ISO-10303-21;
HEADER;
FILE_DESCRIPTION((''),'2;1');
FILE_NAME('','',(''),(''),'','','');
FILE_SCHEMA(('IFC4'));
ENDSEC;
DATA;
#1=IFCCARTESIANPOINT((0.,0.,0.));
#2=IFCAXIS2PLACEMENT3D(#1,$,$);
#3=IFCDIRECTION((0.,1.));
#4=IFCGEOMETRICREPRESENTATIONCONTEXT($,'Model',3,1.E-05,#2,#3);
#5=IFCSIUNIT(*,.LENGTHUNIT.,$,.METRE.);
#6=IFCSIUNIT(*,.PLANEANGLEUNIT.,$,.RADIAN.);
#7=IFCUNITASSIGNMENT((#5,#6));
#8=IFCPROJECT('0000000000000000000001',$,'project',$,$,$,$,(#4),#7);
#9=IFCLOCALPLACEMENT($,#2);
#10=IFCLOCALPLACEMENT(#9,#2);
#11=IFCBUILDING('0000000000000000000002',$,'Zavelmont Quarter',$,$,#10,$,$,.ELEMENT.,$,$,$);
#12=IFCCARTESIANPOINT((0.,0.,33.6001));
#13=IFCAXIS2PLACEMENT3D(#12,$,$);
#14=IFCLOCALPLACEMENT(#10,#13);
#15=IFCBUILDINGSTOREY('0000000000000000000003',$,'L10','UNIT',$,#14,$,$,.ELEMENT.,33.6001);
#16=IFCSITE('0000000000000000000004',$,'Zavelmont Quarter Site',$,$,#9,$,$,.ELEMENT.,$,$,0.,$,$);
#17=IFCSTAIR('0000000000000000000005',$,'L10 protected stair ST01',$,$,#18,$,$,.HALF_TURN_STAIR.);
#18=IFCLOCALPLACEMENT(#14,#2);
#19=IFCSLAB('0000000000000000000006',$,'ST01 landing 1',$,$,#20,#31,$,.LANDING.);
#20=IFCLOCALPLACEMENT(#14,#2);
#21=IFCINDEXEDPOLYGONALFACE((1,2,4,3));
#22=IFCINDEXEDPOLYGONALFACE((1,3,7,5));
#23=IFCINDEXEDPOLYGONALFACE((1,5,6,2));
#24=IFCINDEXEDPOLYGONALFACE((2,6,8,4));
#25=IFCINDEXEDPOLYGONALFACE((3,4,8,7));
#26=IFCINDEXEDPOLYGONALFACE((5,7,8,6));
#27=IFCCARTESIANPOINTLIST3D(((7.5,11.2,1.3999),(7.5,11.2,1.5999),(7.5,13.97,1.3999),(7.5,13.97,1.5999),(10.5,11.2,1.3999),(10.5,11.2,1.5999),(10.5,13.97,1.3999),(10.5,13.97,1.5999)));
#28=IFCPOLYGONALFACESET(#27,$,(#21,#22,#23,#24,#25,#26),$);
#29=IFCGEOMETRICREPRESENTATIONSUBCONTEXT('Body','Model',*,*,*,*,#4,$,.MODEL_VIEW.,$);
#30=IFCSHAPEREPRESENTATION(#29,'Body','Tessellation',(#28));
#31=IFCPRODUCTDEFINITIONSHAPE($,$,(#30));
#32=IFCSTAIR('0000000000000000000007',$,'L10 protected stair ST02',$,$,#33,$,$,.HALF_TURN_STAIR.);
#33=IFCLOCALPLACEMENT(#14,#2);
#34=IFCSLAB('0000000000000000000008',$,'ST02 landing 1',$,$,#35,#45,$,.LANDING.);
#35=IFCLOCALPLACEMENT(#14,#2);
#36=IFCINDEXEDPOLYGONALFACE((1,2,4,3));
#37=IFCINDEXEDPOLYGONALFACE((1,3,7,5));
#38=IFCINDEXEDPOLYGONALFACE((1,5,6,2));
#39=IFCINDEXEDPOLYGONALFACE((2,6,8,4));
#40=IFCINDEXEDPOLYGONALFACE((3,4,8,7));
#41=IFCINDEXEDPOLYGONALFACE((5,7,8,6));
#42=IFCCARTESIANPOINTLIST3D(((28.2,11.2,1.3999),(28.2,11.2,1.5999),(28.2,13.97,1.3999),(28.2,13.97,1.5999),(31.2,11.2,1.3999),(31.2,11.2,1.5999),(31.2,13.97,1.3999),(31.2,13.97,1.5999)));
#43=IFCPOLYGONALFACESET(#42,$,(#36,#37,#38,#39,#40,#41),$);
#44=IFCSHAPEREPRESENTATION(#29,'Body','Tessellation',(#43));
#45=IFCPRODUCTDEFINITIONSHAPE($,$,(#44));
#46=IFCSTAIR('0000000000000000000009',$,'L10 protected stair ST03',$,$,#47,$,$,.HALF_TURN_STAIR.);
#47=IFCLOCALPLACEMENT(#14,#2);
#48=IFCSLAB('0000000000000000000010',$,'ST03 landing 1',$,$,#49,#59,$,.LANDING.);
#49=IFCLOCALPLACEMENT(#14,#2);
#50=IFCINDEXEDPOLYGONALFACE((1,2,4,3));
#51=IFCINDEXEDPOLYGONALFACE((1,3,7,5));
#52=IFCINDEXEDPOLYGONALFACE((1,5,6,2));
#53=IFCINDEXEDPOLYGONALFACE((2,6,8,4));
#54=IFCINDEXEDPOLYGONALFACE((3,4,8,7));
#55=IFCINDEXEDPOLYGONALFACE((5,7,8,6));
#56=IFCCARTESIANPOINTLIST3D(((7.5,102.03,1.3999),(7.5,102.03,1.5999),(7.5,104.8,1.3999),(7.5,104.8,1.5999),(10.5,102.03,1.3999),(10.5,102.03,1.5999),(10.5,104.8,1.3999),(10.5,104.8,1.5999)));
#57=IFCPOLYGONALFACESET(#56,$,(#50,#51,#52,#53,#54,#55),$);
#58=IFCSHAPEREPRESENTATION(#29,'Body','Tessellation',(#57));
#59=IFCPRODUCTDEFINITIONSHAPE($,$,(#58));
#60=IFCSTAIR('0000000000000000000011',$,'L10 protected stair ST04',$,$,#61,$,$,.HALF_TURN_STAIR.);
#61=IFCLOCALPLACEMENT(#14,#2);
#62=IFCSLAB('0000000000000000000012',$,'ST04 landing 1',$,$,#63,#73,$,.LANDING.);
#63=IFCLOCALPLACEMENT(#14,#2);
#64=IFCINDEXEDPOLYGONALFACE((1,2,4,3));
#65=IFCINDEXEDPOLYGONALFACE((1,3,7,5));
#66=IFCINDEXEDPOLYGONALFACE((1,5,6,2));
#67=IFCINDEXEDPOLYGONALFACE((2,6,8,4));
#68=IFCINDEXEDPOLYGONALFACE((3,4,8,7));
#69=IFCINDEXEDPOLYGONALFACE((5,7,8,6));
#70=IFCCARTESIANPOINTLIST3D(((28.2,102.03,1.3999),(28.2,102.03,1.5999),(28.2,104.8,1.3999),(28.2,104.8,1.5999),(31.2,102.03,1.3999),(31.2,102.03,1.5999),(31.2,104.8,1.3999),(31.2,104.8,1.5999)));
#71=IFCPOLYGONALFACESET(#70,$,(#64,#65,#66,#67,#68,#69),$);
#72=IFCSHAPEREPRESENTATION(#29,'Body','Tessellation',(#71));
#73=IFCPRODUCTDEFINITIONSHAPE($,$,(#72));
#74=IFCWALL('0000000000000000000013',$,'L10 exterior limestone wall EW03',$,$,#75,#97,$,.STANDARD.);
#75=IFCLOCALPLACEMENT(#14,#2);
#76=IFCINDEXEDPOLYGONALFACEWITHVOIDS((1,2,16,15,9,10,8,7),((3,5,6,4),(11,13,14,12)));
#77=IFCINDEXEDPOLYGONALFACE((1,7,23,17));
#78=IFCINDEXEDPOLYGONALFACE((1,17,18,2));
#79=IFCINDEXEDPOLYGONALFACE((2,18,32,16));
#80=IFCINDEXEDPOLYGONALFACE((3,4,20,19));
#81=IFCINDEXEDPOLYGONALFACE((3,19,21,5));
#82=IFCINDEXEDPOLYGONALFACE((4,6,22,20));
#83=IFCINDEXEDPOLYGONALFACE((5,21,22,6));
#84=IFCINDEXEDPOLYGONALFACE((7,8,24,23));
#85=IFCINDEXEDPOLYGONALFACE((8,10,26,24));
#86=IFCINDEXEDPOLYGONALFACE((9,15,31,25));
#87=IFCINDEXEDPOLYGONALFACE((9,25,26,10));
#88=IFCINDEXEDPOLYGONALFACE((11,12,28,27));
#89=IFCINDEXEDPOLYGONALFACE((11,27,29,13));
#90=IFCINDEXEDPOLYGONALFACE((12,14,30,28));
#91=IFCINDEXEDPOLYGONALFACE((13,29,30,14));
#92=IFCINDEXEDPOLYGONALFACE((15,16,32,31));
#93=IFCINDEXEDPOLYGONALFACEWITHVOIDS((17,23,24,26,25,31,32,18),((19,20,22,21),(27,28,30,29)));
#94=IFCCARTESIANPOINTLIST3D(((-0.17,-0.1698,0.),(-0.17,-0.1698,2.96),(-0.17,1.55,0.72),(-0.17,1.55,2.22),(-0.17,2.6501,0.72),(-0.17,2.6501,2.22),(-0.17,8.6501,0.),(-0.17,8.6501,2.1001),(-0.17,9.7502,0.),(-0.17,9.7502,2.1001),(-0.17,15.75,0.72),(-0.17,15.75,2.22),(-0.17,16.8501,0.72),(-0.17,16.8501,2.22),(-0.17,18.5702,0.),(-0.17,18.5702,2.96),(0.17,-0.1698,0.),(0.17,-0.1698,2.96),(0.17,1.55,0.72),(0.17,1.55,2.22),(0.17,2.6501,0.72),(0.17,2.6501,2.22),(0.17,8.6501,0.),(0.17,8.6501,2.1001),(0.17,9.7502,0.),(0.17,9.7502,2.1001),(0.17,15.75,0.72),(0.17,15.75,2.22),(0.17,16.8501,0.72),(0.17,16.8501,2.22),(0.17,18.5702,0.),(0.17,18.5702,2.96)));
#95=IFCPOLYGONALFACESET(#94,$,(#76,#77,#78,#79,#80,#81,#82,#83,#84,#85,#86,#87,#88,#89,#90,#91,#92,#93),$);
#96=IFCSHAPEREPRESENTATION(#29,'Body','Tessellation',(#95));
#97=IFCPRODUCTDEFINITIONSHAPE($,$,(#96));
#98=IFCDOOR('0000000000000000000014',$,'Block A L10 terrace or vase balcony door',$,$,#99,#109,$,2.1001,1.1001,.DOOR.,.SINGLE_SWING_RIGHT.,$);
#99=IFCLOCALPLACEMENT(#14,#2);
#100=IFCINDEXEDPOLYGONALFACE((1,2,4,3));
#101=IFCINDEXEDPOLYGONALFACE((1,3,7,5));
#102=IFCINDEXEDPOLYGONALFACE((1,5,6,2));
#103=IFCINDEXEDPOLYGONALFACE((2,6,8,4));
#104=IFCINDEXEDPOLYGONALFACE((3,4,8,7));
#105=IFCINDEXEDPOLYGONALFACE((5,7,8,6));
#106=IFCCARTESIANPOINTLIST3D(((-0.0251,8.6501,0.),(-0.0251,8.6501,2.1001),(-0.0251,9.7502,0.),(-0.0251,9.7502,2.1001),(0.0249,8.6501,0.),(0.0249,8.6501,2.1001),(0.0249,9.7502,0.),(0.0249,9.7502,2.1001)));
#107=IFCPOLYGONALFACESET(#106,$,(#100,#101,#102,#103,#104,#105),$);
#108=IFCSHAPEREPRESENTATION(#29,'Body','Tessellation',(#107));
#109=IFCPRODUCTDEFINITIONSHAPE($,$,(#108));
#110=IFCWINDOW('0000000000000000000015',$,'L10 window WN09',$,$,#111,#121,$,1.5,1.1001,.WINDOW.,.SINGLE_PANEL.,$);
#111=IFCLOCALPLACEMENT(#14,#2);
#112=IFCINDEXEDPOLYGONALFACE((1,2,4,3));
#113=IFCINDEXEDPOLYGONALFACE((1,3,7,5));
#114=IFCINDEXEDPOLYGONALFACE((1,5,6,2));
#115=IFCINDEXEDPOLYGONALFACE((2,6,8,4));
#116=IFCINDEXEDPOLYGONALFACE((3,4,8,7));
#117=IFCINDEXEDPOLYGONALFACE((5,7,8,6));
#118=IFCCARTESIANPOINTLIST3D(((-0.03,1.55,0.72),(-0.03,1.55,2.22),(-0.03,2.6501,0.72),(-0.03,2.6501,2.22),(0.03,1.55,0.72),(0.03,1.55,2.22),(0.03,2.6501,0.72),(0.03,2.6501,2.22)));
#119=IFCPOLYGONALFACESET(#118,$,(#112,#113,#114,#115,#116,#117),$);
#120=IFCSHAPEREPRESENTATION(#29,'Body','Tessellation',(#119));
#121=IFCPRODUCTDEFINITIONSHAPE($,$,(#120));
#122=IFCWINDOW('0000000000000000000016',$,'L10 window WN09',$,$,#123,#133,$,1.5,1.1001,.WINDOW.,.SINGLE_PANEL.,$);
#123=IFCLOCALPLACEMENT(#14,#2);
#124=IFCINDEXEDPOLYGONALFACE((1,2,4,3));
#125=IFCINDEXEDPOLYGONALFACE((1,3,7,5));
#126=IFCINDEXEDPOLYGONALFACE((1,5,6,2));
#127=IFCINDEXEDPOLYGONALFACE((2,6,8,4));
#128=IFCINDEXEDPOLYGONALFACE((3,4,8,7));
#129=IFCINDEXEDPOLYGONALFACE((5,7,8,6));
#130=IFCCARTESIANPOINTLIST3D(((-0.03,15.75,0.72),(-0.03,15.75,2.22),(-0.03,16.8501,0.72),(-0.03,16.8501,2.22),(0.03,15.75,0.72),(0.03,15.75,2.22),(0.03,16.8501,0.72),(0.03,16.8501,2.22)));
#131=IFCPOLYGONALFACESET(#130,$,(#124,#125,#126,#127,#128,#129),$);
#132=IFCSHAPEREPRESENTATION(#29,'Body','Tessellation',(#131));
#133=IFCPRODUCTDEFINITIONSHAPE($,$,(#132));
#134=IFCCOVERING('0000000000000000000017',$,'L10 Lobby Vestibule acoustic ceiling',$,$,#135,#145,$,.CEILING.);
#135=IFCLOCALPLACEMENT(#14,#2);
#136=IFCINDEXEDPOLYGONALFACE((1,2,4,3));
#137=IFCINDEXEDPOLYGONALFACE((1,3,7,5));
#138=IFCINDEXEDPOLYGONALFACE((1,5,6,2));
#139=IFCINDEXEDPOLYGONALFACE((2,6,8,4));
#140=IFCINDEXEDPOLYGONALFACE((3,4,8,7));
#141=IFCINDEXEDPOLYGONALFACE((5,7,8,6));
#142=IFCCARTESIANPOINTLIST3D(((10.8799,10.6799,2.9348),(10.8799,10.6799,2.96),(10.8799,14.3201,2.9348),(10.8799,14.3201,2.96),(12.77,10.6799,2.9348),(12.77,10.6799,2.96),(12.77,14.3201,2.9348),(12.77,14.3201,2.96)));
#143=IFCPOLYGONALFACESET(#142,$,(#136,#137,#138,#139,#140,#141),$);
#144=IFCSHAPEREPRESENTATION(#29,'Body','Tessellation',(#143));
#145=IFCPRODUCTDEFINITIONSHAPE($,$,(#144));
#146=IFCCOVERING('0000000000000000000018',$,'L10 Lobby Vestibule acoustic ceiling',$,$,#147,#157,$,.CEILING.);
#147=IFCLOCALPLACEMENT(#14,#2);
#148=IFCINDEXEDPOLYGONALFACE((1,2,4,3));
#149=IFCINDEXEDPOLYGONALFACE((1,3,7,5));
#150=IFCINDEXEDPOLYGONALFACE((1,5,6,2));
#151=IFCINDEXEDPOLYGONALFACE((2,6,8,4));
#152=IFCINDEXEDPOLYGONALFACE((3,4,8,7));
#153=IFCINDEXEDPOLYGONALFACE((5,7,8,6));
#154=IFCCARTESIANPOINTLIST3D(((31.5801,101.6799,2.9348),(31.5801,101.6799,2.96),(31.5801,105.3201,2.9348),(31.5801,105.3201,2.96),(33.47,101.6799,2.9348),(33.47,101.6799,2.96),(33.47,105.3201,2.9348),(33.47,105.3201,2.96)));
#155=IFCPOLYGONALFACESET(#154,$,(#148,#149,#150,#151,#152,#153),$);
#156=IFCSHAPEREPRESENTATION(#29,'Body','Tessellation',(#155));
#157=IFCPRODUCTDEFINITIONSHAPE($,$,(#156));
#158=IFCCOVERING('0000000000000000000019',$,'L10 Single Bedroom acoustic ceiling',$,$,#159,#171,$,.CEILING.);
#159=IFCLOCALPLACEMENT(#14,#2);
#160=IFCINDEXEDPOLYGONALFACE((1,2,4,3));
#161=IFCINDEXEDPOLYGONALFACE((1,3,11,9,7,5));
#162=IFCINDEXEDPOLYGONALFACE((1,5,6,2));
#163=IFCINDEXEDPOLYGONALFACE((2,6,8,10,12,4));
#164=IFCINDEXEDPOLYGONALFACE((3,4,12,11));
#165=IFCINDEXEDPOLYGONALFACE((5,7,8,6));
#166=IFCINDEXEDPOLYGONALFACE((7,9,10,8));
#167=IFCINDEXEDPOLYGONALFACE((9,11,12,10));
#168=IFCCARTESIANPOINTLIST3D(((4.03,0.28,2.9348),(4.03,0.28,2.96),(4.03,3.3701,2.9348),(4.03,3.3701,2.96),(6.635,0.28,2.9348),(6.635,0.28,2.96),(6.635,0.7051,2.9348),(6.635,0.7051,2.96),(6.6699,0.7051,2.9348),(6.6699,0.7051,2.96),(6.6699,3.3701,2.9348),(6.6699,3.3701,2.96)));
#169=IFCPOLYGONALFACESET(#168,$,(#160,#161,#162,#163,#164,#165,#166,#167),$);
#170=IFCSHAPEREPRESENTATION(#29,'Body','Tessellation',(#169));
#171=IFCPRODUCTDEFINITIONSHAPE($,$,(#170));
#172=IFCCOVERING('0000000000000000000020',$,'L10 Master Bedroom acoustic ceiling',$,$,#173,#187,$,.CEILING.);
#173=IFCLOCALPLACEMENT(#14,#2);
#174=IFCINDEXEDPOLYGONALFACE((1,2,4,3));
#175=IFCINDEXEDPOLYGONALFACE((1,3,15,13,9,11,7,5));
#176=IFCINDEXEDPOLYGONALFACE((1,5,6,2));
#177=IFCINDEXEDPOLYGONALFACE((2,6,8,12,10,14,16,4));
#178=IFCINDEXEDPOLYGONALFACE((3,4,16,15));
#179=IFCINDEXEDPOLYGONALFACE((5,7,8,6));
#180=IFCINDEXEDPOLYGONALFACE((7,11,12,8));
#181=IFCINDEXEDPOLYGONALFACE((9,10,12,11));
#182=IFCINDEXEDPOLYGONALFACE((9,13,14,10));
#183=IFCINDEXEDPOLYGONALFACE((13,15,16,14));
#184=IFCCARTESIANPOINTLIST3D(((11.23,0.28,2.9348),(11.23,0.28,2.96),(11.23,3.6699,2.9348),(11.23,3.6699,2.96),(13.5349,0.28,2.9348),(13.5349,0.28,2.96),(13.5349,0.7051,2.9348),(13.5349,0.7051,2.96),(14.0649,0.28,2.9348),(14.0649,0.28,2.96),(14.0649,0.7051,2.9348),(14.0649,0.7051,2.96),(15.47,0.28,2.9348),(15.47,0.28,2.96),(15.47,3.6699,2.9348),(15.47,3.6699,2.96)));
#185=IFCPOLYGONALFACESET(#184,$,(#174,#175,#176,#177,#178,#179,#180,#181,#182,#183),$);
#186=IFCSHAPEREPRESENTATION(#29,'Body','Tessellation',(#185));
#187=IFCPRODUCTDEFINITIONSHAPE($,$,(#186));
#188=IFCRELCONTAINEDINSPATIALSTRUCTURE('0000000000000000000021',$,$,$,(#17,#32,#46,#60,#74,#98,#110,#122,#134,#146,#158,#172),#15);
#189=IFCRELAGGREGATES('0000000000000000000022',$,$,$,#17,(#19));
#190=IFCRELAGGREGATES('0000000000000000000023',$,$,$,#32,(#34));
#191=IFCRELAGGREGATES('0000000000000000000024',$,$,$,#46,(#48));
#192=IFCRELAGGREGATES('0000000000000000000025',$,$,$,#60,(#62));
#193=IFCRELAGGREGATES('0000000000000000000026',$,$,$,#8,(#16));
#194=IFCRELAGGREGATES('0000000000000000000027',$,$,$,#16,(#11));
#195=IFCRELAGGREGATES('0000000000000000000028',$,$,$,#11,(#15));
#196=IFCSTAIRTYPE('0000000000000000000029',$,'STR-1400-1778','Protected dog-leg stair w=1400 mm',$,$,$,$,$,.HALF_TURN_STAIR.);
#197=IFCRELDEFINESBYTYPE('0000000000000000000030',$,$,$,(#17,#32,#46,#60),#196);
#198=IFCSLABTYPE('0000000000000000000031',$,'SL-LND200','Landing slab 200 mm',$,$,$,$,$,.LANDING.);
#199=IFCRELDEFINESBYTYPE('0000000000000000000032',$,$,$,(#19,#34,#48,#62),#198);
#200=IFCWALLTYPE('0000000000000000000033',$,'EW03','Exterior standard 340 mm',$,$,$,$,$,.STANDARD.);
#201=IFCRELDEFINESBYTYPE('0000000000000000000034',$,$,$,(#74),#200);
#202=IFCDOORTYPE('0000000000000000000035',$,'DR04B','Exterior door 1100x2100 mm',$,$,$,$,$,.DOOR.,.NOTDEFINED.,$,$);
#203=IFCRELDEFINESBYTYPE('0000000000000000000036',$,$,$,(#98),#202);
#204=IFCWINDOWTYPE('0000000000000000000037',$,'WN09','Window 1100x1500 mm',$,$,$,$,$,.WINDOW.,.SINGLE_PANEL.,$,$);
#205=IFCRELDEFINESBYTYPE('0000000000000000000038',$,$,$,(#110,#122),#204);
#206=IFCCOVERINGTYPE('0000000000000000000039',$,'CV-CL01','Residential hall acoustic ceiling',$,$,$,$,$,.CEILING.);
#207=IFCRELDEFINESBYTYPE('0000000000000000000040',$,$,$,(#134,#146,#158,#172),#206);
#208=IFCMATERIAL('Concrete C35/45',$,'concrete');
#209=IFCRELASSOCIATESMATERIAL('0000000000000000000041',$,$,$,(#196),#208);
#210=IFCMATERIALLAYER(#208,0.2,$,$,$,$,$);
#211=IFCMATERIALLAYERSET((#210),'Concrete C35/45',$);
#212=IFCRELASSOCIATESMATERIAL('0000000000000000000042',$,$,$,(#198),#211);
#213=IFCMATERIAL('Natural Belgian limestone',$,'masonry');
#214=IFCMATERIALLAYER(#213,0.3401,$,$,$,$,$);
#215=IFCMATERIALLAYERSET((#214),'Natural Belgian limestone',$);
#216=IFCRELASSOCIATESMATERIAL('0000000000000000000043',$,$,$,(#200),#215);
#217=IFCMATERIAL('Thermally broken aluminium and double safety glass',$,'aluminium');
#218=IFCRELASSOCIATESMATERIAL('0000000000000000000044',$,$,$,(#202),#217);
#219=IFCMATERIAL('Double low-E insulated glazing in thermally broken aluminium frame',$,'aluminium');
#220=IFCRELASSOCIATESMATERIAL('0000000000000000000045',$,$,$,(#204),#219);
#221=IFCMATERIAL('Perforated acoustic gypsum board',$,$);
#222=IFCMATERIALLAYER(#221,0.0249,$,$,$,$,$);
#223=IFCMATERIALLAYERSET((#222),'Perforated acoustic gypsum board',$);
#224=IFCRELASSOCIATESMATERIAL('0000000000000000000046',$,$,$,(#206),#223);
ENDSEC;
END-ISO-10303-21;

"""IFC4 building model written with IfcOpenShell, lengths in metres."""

from ifc_helpers import new_model, si_unit, direction, frame, frame_2d, origin, origin_with_axes, place, context, subcontext, project, spatial, polyline, rectangle, outline, extrude, material, layer, layer_set, type_object, element, fill, aggregate, save


model = new_model("IFC4")

# Units and contexts
model_context = context("Model", 3, precision=1e-05, world=origin(), true_north=direction((0.0, 1.0)))
body_context = subcontext(model_context, "Body", "Model", "MODEL_VIEW")
ifc_project = project(units=[si_unit("LENGTHUNIT", "METRE"), si_unit("PLANEANGLEUNIT", "RADIAN")], contexts=[model_context])

# Site, building, storey
site_placement = place(None, origin())
site = spatial("IfcSite", under=ifc_project, at=site_placement, Name="Zavelmont Quarter Site", CompositionType="ELEMENT", RefElevation=0.0)
building_placement = place(site_placement, origin())
building = spatial("IfcBuilding", under=site, at=building_placement, Name="Zavelmont Quarter", CompositionType="ELEMENT")
storey_placement = place(building_placement, frame((0.0, 0.0, 33.6001)))
storey = spatial("IfcBuildingStorey", under=building, at=storey_placement, Name="L10", Description="UNIT", CompositionType="ELEMENT", Elevation=33.6001)

# Stairs, slabs
ifc_material_1 = material(Name="Concrete C35/45", Category="concrete")
stair_type = type_object("IfcStairType", Name="STR-1400-1778", Description="Protected dog-leg stair w=1400 mm", PredefinedType="HALF_TURN_STAIR", material=ifc_material_1)
stair_1_placement = place(storey_placement, origin())
stair_1 = element("IfcStair", 1, at=stair_1_placement, inside=storey, type_object=stair_type, Name="L10 protected stair ST01", PredefinedType="HALF_TURN_STAIR")
ifc_layer_1 = layer(ifc_material_1, 0.2)
ifc_layer_set_1 = layer_set([ifc_layer_1], Name="Concrete C35/45")
slab_type = type_object("IfcSlabType", Name="SL-LND200", Description="Landing slab 200 mm", PredefinedType="LANDING", material=ifc_layer_set_1)
slab_1_placement = place(storey_placement, frame((0.0, 0.0, 1.3999)))
slab_1 = element("IfcSlab", 2, at=slab_1_placement, type_object=slab_type, Name="ST01 landing 1", PredefinedType="LANDING", context=body_context, shape_type="SweptSolid", body=[
    extrude(outline(polyline([(7.5, 13.97), (7.5, 11.2), (10.5, 11.2), (10.5, 13.97), (7.5, 13.97)])), origin(), (0.0, 0.0, 1.0), 0.2),
])
aggregate(stair_1, [slab_1])
stair_2_placement = place(storey_placement, origin())
stair_2 = element("IfcStair", 3, at=stair_2_placement, inside=storey, type_object=stair_type, Name="L10 protected stair ST02", PredefinedType="HALF_TURN_STAIR")
slab_2_placement = place(storey_placement, frame((0.0, 0.0, 1.3999)))
slab_2 = element("IfcSlab", 4, at=slab_2_placement, type_object=slab_type, Name="ST02 landing 1", PredefinedType="LANDING", context=body_context, shape_type="SweptSolid", body=[
    extrude(outline(polyline([(28.2, 13.97), (28.2, 11.2), (31.2, 11.2), (31.2, 13.97), (28.2, 13.97)])), origin(), (0.0, 0.0, 1.0), 0.2),
])
aggregate(stair_2, [slab_2])
stair_3_placement = place(storey_placement, origin())
stair_3 = element("IfcStair", 5, at=stair_3_placement, inside=storey, type_object=stair_type, Name="L10 protected stair ST03", PredefinedType="HALF_TURN_STAIR")
slab_3_placement = place(storey_placement, frame((0.0, 0.0, 1.3999)))
slab_3 = element("IfcSlab", 6, at=slab_3_placement, type_object=slab_type, Name="ST03 landing 1", PredefinedType="LANDING", context=body_context, shape_type="SweptSolid", body=[
    extrude(outline(polyline([(10.5, 102.03), (10.5, 104.8), (7.5, 104.8), (7.5, 102.03), (10.5, 102.03)])), origin(), (0.0, 0.0, 1.0), 0.2),
])
aggregate(stair_3, [slab_3])
stair_4_placement = place(storey_placement, origin())
stair_4 = element("IfcStair", 7, at=stair_4_placement, inside=storey, type_object=stair_type, Name="L10 protected stair ST04", PredefinedType="HALF_TURN_STAIR")
slab_4_placement = place(storey_placement, frame((0.0, 0.0, 1.3999)))
slab_4 = element("IfcSlab", 8, at=slab_4_placement, type_object=slab_type, Name="ST04 landing 1", PredefinedType="LANDING", context=body_context, shape_type="SweptSolid", body=[
    extrude(outline(polyline([(31.2, 102.03), (31.2, 104.8), (28.2, 104.8), (28.2, 102.03), (31.2, 102.03)])), origin(), (0.0, 0.0, 1.0), 0.2),
])
aggregate(stair_4, [slab_4])

# Wall, openings, door, windows
ifc_material_2 = material(Name="Natural Belgian limestone", Category="masonry")
ifc_layer_2 = layer(ifc_material_2, 0.3401)
ifc_layer_set_2 = layer_set([ifc_layer_2], Name="Natural Belgian limestone")
wall_type = type_object("IfcWallType", Name="EW03", Description="Exterior standard 340 mm", PredefinedType="STANDARD", material=ifc_layer_set_2)
wall_placement = place(storey_placement, frame((0.0, -0.1699, 0.0), z_axis=(0.0, 0.0, 1.0), x_axis=(0.0, 1.0, 0.0)))
wall = element("IfcWall", 9, at=wall_placement, inside=storey, type_object=wall_type, Name="L10 exterior limestone wall EW03", PredefinedType="STANDARD", context=body_context, shape_type="SweptSolid", body=[
    extrude(rectangle(XDim=18.74, YDim=0.3401, at=frame_2d((9.3701, 0.0))), origin(), (0.0, 0.0, 1.0), 2.96),
])
opening_1_placement = place(wall_placement, frame((8.8201, 0.0, 0.0)))
opening_1 = element("IfcOpeningElement", 10, at=opening_1_placement, cuts=wall, PredefinedType="OPENING", context=body_context, shape_type="SweptSolid", body=[
    extrude(rectangle(XDim=1.1001, YDim=2.1001, at=frame_2d((0.55, 1.05))), frame((0.0, 0.1821, 0.0), z_axis=(0.0, -1.0, 0.0), x_axis=(1.0, 0.0, 0.0)), (0.0, 0.0, 1.0), 0.364),
])
opening_2_placement = place(wall_placement, frame((1.72, 0.0, 0.72)))
opening_2 = element("IfcOpeningElement", 11, at=opening_2_placement, cuts=wall, PredefinedType="OPENING", context=body_context, shape_type="SweptSolid", body=[
    extrude(rectangle(XDim=1.1001, YDim=1.5, at=frame_2d((0.55, 0.75))), frame((0.0, 0.1821, 0.0), z_axis=(0.0, -1.0, 0.0), x_axis=(1.0, 0.0, 0.0)), (0.0, 0.0, 1.0), 0.364),
])
opening_3_placement = place(wall_placement, frame((15.9199, 0.0, 0.72)))
opening_3 = element("IfcOpeningElement", 12, at=opening_3_placement, cuts=wall, PredefinedType="OPENING", context=body_context, shape_type="SweptSolid", body=[
    extrude(rectangle(XDim=1.1001, YDim=1.5, at=frame_2d((0.55, 0.75))), frame((0.0, 0.1821, 0.0), z_axis=(0.0, -1.0, 0.0), x_axis=(1.0, 0.0, 0.0)), (0.0, 0.0, 1.0), 0.364),
])
ifc_material_3 = material(Name="Thermally broken aluminium and double safety glass", Category="aluminium")
door_type = type_object("IfcDoorType", Name="DR04B", Description="Exterior door 1100x2100 mm", OperationType="NOTDEFINED", PredefinedType="DOOR", material=ifc_material_3)
door_placement = place(opening_1_placement, frame((1.1001, 0.0, 0.0), z_axis=(0.0, 0.0, 1.0), x_axis=(-1.0, 0.0, 0.0)))
door = element("IfcDoor", 13, at=door_placement, inside=storey, type_object=door_type, Name="Block A L10 terrace or vase balcony door", OperationType="SINGLE_SWING_RIGHT", OverallHeight=2.1001, OverallWidth=1.1001, PredefinedType="DOOR", context=body_context, shape_type="SweptSolid", body=[
    extrude(rectangle(XDim=1.1001, YDim=2.1001, at=frame_2d((0.55, 1.05))), frame((0.0, 0.0249, 0.0), z_axis=(0.0, -1.0, 0.0), x_axis=(1.0, 0.0, 0.0)), (0.0, 0.0, 1.0), 0.05),
])
fill(opening_1, door)
ifc_material_4 = material(Name="Double low-E insulated glazing in thermally broken aluminium frame", Category="aluminium")
window_type = type_object("IfcWindowType", Name="WN09", Description="Window 1100x1500 mm", PartitioningType="SINGLE_PANEL", PredefinedType="WINDOW", material=ifc_material_4)
window_1_placement = place(opening_2_placement, origin_with_axes())
window_1 = element("IfcWindow", 14, at=window_1_placement, inside=storey, type_object=window_type, Name="L10 window WN09", OverallHeight=1.5, OverallWidth=1.1001, PartitioningType="SINGLE_PANEL", PredefinedType="WINDOW", context=body_context, shape_type="SweptSolid", body=[
    extrude(rectangle(XDim=1.1001, YDim=1.5, at=frame_2d((0.55, 0.75))), frame((0.0, 0.03, 0.0), z_axis=(0.0, -1.0, 0.0), x_axis=(1.0, 0.0, 0.0)), (0.0, 0.0, 1.0), 0.0601),
])
fill(opening_2, window_1)
window_2_placement = place(opening_3_placement, origin_with_axes())
window_2 = element("IfcWindow", 15, at=window_2_placement, inside=storey, type_object=window_type, Name="L10 window WN09", OverallHeight=1.5, OverallWidth=1.1001, PartitioningType="SINGLE_PANEL", PredefinedType="WINDOW", context=body_context, shape_type="SweptSolid", body=[
    extrude(rectangle(XDim=1.1001, YDim=1.5, at=frame_2d((0.55, 0.75))), frame((0.0, 0.03, 0.0), z_axis=(0.0, -1.0, 0.0), x_axis=(1.0, 0.0, 0.0)), (0.0, 0.0, 1.0), 0.0601),
])
fill(opening_3, window_2)

# Coverings
ifc_material_5 = material(Name="Perforated acoustic gypsum board")
ifc_layer_3 = layer(ifc_material_5, 0.0249)
ifc_layer_set_3 = layer_set([ifc_layer_3], Name="Perforated acoustic gypsum board")
covering_type_1 = type_object("IfcCoveringType", Name="CV-CL01", Description="Residential hall acoustic ceiling", PredefinedType="CEILING", material=ifc_layer_set_3)
covering_1_placement = place(storey_placement, frame((0.0, 0.0, 2.9348)))
element("IfcCovering", 16, at=covering_1_placement, inside=storey, type_object=covering_type_1, Name="L10 Lobby Vestibule acoustic ceiling", PredefinedType="CEILING", context=body_context, shape_type="SweptSolid", body=[
    extrude(outline(polyline([(10.8799, 14.3201), (12.77, 14.3201), (12.77, 10.6799), (10.8799, 10.6799), (10.8799, 14.3201)])), origin(), (0.0, 0.0, 1.0), 0.0251),
])
covering_2_placement = place(storey_placement, frame((0.0, 0.0, 2.9348)))
element("IfcCovering", 17, at=covering_2_placement, inside=storey, type_object=covering_type_1, Name="L10 Lobby Vestibule acoustic ceiling", PredefinedType="CEILING", context=body_context, shape_type="SweptSolid", body=[
    extrude(outline(polyline([(31.5801, 105.3201), (33.47, 105.3201), (33.47, 101.6799), (31.5801, 101.6799), (31.5801, 105.3201)])), origin(), (0.0, 0.0, 1.0), 0.0251),
])
covering_3_placement = place(storey_placement, frame((0.0, 0.0, 2.9348)))
element("IfcCovering", 18, at=covering_3_placement, inside=storey, type_object=covering_type_1, Name="L10 Single Bedroom acoustic ceiling", PredefinedType="CEILING", context=body_context, shape_type="SweptSolid", body=[
    extrude(outline(polyline([(4.03, 3.3701), (6.6699, 3.3701), (6.6699, 0.7051), (6.635, 0.7051), (6.635, 0.28), (4.03, 0.28), (4.03, 3.3701)])), origin(), (0.0, 0.0, 1.0), 0.0251),
])
covering_4_placement = place(storey_placement, frame((0.0, 0.0, 2.9348)))
element("IfcCovering", 19, at=covering_4_placement, inside=storey, type_object=covering_type_1, Name="L10 Master Bedroom acoustic ceiling", PredefinedType="CEILING", context=body_context, shape_type="SweptSolid", body=[
    extrude(outline(polyline([(11.23, 3.6699), (15.47, 3.6699), (15.47, 0.28), (14.0649, 0.28), (14.0649, 0.7051), (13.5349, 0.7051), (13.5349, 0.28), (11.23, 0.28), (11.23, 3.6699)])), origin(), (0.0, 0.0, 1.0), 0.0251),
])

save(model, "model.ifc")
